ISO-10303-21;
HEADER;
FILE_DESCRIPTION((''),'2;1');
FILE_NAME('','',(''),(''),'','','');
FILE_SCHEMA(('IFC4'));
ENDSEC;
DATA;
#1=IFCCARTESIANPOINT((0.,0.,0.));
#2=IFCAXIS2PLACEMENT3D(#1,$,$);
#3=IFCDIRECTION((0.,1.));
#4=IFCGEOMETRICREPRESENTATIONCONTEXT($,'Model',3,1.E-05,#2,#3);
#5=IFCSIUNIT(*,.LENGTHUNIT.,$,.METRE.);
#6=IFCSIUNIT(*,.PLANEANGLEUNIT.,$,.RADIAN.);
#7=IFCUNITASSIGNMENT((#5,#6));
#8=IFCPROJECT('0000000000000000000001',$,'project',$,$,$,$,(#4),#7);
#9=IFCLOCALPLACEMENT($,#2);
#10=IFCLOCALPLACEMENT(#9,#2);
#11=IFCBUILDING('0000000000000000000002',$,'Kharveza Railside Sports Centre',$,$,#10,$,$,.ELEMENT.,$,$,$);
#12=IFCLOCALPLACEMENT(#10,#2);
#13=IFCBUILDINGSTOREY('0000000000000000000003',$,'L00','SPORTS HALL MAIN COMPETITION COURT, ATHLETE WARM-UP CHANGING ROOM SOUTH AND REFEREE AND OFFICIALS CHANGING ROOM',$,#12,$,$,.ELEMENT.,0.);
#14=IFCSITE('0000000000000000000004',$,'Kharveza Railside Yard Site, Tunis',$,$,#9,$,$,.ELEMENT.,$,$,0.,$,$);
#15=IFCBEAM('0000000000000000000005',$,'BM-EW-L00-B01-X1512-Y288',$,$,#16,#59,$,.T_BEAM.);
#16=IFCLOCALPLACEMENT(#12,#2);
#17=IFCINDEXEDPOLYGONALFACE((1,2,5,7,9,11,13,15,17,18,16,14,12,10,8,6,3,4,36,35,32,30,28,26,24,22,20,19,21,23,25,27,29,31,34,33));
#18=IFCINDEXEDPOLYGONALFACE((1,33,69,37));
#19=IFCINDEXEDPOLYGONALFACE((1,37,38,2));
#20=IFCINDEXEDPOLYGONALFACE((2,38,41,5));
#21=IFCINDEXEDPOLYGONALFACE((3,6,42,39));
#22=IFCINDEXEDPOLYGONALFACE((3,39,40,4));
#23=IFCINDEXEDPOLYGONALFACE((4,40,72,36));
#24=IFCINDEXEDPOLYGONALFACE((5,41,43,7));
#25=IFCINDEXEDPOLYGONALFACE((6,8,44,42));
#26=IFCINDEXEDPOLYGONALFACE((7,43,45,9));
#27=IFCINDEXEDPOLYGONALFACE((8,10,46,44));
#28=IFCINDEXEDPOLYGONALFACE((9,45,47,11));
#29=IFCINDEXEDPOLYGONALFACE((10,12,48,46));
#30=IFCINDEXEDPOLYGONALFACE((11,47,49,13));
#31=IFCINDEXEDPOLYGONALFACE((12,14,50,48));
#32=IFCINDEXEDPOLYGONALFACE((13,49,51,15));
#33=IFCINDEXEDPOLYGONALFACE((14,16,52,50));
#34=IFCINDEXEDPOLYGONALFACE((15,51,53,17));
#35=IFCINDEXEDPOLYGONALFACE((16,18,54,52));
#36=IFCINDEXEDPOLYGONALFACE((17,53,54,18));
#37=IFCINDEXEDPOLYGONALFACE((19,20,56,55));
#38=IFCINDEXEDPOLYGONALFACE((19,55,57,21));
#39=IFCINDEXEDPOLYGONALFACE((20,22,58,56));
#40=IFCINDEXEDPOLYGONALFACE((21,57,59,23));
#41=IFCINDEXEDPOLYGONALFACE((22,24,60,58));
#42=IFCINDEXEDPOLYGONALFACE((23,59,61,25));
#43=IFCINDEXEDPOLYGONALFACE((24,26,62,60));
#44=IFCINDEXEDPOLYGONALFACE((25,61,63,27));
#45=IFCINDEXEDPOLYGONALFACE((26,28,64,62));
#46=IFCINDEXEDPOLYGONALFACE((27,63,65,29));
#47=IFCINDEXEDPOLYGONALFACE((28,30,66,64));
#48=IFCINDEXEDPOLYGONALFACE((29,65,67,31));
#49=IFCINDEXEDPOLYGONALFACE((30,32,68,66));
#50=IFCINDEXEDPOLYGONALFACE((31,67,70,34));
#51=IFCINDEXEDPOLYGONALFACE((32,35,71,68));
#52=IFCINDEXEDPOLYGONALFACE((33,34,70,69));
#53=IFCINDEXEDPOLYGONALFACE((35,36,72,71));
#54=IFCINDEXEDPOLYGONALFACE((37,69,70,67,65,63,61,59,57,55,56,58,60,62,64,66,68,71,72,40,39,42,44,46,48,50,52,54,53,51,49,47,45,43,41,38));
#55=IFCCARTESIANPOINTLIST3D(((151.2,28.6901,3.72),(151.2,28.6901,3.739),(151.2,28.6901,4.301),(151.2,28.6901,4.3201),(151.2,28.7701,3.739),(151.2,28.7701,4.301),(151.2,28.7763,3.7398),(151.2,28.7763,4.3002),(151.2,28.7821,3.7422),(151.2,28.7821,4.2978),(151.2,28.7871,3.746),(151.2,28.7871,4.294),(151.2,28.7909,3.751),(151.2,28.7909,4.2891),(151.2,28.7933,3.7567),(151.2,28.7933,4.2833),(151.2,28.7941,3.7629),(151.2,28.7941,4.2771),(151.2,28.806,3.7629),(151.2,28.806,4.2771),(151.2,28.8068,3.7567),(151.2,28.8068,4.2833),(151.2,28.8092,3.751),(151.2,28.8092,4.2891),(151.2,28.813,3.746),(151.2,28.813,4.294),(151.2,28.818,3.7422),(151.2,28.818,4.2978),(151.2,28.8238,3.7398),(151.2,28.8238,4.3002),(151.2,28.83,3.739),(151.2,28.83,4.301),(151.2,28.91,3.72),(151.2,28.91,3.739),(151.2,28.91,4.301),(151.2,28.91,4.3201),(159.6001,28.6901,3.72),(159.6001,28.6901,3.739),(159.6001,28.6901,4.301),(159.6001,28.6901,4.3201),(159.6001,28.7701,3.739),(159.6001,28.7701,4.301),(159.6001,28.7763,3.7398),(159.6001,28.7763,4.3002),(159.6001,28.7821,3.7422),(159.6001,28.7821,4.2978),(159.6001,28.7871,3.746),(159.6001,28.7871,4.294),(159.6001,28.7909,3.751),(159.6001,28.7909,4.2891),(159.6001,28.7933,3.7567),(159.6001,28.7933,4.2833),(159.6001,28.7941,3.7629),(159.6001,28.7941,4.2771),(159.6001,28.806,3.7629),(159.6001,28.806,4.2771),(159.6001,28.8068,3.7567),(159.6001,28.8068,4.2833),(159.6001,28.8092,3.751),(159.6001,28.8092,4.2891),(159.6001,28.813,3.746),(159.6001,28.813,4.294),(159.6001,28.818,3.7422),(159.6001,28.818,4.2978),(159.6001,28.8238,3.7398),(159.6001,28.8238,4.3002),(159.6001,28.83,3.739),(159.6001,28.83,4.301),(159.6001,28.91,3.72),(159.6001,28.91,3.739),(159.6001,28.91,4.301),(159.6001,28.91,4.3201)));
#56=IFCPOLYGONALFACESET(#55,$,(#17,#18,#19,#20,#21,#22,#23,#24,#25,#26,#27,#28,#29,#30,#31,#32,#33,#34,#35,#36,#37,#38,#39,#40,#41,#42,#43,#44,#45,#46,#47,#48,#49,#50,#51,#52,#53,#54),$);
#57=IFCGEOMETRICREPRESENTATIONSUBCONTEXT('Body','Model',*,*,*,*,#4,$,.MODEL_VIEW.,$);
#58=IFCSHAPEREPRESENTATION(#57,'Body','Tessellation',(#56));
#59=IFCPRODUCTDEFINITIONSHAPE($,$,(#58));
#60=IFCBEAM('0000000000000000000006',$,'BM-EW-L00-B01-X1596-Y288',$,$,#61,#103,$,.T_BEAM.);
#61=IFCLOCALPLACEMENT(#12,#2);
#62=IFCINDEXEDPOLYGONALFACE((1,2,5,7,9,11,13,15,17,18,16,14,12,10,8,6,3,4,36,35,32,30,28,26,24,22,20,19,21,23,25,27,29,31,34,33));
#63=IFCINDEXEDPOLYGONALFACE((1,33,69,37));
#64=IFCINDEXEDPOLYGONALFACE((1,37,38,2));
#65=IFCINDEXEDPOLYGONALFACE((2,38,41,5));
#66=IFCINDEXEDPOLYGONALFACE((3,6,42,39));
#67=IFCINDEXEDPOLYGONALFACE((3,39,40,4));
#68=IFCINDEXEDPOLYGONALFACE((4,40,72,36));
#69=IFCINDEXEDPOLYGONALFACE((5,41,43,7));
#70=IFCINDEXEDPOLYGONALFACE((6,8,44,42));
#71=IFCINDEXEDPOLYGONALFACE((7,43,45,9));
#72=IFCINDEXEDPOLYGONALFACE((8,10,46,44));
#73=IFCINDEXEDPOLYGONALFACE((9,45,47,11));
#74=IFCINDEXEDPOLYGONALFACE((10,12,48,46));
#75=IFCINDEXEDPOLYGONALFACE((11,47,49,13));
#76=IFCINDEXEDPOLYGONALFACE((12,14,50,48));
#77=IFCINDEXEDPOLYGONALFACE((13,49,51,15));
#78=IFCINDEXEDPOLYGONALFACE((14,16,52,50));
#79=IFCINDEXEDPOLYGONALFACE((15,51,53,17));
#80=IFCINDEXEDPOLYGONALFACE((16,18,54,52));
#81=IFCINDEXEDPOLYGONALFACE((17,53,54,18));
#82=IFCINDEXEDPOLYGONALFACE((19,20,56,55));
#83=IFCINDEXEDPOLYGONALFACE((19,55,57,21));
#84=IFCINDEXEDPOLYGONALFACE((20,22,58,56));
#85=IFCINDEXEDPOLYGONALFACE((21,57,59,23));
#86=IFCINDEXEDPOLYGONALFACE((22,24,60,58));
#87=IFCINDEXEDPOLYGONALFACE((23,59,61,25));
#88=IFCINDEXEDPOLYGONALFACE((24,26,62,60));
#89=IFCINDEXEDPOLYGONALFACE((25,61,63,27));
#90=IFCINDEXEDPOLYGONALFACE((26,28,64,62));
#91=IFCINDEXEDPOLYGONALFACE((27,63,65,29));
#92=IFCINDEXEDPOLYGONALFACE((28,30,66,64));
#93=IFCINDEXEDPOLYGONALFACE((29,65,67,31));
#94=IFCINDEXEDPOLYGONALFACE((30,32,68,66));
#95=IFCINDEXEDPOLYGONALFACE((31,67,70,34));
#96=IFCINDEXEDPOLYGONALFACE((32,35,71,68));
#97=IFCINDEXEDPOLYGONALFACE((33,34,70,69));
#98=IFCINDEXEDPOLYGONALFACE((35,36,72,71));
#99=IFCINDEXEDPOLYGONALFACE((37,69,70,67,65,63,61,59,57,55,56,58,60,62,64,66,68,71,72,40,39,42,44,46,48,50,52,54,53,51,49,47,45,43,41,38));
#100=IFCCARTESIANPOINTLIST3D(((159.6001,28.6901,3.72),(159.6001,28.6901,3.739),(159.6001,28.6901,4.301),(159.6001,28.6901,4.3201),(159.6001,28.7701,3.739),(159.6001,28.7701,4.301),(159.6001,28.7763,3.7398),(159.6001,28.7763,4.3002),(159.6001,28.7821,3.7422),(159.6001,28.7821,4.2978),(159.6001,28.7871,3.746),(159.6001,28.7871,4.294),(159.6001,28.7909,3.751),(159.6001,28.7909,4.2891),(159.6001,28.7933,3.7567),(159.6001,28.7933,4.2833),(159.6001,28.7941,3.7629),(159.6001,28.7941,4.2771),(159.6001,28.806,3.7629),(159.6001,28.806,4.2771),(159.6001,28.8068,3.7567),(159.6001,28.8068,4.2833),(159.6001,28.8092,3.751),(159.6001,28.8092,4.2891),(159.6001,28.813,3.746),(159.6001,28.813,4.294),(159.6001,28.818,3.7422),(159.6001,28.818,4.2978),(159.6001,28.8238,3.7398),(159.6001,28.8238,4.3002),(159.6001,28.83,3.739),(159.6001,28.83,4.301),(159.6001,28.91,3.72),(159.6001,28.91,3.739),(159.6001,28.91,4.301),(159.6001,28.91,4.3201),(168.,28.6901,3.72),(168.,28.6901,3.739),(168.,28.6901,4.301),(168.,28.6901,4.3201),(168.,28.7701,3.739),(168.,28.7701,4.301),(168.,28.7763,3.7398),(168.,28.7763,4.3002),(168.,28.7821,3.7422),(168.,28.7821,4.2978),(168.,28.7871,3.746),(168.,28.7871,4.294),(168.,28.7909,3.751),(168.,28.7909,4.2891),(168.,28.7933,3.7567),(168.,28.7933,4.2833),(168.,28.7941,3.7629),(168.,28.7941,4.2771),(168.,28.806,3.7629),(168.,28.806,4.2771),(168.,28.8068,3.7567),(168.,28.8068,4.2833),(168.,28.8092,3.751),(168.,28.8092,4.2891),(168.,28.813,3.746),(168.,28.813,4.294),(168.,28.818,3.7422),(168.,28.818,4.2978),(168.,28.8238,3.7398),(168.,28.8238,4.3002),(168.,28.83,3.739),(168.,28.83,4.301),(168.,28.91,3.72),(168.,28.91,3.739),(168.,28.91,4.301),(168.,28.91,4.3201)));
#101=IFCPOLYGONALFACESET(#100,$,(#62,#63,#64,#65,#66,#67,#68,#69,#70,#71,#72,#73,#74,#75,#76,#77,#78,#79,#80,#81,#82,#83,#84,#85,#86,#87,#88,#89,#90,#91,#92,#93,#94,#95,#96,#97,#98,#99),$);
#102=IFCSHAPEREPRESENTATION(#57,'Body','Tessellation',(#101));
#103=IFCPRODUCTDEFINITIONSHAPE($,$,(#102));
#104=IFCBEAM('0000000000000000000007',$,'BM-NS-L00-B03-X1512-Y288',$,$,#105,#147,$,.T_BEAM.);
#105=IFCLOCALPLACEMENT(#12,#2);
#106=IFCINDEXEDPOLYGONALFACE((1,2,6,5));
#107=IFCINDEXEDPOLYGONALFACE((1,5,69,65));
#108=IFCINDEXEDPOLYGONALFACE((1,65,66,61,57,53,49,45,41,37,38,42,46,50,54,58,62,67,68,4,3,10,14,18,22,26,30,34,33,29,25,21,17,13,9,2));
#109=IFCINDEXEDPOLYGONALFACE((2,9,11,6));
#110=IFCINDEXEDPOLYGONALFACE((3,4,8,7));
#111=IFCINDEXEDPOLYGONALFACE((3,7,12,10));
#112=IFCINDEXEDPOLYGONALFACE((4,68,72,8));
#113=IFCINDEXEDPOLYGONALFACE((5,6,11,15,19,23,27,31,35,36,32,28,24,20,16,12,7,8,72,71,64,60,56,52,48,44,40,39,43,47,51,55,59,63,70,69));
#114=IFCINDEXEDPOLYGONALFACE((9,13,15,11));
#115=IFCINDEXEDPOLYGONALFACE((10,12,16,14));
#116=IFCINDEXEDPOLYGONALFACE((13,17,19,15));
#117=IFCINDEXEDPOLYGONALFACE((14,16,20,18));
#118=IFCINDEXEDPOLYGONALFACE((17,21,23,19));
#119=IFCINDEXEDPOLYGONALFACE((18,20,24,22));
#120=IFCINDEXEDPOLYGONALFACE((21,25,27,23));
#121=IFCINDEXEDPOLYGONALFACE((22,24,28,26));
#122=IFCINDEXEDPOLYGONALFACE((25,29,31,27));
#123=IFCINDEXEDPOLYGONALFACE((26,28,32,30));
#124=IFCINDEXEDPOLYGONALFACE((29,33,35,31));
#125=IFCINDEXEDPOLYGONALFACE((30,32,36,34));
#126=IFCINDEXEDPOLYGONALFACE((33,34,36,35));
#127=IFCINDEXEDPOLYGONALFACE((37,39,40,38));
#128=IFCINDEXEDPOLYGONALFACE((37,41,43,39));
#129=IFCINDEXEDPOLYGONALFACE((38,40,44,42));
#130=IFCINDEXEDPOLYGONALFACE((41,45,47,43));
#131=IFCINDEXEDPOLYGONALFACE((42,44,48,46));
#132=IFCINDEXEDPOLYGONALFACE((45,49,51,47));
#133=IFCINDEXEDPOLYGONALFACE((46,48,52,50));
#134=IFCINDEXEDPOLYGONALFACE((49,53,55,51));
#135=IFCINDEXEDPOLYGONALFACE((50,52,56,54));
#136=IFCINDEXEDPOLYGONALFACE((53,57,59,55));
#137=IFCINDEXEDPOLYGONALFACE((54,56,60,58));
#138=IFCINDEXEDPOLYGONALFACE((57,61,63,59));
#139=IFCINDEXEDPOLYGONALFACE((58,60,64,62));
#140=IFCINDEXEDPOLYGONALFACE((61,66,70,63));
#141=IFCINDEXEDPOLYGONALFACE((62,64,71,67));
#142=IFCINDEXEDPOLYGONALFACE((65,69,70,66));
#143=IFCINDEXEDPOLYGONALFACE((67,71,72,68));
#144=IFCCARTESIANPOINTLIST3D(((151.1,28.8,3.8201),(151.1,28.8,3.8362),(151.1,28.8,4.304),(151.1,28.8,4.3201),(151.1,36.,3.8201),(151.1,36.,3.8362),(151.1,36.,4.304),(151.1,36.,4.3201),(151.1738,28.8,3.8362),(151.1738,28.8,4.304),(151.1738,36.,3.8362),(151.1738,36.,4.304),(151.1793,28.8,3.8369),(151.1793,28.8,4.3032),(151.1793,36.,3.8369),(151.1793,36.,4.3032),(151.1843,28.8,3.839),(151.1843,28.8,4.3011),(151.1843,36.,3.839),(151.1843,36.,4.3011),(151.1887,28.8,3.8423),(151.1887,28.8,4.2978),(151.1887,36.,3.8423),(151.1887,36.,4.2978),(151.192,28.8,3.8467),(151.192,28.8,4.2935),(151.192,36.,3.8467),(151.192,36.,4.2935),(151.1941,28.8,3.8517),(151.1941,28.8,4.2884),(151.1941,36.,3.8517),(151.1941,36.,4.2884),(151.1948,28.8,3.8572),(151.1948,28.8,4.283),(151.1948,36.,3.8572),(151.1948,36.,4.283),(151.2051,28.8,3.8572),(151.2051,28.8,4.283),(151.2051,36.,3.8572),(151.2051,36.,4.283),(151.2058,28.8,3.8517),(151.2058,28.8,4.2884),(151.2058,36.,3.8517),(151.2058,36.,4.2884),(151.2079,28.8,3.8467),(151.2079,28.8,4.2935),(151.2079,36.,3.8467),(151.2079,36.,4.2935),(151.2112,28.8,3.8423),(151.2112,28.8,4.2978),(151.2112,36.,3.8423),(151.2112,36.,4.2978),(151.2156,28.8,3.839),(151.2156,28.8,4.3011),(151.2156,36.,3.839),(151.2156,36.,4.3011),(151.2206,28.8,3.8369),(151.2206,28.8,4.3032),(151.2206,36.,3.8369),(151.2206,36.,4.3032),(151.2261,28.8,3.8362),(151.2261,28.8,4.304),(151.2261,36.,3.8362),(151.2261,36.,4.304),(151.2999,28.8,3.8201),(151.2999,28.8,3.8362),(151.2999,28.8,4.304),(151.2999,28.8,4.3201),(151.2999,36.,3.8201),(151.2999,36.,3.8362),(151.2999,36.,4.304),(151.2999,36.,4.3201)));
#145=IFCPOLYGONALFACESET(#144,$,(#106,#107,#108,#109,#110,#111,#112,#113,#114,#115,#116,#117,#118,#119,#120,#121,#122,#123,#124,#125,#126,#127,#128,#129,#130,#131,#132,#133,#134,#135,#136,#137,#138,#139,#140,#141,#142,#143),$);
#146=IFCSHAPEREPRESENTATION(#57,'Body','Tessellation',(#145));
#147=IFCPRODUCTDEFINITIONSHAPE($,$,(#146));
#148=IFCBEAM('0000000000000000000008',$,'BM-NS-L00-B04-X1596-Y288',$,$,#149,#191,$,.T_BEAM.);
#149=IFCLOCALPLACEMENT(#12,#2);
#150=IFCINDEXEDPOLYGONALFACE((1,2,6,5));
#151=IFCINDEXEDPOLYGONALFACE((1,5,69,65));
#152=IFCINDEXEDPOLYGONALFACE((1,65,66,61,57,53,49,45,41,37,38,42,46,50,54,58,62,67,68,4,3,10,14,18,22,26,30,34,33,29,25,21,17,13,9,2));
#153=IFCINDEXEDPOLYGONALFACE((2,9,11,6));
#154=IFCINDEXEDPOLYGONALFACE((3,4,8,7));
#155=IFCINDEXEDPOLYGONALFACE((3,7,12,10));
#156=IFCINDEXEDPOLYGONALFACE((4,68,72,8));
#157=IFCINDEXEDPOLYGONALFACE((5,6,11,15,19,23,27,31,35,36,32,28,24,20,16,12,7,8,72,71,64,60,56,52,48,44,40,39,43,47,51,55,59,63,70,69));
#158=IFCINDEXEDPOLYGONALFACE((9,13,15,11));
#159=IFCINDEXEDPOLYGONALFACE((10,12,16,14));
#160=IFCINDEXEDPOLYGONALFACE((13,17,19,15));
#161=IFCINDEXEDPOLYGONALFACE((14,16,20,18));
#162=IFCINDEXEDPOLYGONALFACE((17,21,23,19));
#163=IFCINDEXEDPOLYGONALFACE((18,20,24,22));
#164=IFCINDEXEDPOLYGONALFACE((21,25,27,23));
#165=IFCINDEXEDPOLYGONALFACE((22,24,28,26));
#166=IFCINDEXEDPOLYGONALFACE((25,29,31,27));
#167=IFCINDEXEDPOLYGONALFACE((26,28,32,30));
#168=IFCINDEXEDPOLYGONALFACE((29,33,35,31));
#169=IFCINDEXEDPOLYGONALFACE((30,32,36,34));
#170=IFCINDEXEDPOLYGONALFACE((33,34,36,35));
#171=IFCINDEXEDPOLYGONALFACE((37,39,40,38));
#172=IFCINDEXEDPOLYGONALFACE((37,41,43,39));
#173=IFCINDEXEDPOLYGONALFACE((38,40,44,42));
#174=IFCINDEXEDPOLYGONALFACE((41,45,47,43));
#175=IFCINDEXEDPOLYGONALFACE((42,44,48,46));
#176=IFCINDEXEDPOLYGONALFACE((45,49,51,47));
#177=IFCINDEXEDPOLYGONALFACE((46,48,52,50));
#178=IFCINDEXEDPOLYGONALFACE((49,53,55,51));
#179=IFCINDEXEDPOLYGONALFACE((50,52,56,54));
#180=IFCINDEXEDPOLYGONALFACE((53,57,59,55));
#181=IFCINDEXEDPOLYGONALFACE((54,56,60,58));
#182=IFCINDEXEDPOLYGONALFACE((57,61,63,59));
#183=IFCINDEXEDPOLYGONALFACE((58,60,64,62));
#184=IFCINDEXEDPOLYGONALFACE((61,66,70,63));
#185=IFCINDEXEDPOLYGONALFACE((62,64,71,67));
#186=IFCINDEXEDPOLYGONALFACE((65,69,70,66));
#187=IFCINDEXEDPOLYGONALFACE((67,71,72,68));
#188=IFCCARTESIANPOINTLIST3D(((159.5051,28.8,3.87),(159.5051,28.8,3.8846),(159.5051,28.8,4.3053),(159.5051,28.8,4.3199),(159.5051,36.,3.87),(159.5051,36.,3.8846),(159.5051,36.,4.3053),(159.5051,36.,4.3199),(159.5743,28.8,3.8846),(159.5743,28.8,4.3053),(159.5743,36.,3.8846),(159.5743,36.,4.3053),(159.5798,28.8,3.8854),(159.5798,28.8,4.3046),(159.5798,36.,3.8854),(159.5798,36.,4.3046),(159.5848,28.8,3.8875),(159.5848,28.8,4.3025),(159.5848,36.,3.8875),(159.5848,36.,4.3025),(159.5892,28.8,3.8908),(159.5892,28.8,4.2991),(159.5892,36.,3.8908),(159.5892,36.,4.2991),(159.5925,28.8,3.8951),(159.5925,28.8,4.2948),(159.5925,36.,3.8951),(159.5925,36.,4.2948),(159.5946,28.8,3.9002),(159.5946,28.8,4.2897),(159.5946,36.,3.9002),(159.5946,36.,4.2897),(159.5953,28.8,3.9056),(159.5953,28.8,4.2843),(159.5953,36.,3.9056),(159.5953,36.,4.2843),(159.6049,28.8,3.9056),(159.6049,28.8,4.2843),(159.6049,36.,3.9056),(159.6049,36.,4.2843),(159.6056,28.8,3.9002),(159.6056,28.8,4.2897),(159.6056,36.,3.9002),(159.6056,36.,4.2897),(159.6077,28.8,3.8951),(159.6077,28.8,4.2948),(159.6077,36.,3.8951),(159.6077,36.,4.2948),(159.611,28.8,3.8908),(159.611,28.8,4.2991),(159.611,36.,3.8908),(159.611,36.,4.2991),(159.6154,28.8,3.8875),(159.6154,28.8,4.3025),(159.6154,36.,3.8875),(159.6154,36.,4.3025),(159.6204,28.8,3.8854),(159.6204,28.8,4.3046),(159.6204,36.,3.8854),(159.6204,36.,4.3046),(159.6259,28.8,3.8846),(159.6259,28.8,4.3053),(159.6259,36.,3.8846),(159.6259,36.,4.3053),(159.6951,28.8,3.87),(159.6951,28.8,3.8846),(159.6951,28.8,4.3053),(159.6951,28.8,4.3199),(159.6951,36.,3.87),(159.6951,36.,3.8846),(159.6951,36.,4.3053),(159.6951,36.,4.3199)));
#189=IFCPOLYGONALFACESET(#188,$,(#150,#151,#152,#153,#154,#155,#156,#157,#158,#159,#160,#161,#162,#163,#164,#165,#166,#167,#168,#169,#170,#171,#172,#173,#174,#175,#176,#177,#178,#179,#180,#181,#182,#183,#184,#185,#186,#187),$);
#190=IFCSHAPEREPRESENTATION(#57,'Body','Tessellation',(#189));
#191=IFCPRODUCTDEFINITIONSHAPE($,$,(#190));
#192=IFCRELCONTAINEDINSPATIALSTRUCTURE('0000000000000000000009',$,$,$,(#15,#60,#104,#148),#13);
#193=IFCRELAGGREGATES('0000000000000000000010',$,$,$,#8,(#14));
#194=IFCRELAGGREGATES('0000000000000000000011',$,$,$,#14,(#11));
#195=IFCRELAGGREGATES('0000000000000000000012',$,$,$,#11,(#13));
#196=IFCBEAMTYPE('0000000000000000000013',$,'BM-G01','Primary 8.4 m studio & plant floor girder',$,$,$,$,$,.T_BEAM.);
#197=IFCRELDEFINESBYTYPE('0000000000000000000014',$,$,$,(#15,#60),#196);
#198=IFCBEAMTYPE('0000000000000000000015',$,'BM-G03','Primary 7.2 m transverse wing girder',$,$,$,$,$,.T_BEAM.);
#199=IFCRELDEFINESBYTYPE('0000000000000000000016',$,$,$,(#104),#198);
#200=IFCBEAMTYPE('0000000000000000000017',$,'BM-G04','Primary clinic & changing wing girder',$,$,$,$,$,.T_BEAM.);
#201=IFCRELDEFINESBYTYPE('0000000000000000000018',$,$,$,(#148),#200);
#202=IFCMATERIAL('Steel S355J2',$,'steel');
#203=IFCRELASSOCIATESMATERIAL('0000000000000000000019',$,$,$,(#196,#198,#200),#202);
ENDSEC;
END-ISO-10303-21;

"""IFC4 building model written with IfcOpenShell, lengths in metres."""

from ifc_helpers import new_model, si_unit, direction, frame, origin, origin_2d, place, context, subcontext, project, spatial, i_section, extrude, material, material_profile, profile_set, type_object, element, save


model = new_model("IFC4")

# Units and contexts
model_context = context("Model", 3, precision=1e-05, world=origin(), true_north=direction((0.0, 1.0)))
body_context = subcontext(model_context, "Body", "Model", "MODEL_VIEW")
ifc_project = project(units=[si_unit("LENGTHUNIT", "METRE"), si_unit("PLANEANGLEUNIT", "RADIAN")], contexts=[model_context])

# Site, building, storey
site_placement = place(None, origin())
site = spatial("IfcSite", under=ifc_project, at=site_placement, Name="Kharveza Railside Yard Site, Tunis", CompositionType="ELEMENT", RefElevation=0.0)
building_placement = place(site_placement, origin())
building = spatial("IfcBuilding", under=site, at=building_placement, Name="Kharveza Railside Sports Centre", CompositionType="ELEMENT")
storey_placement = place(building_placement, origin())
storey = spatial("IfcBuildingStorey", under=building, at=storey_placement, Name="L00", Description="SPORTS HALL MAIN COMPETITION COURT, ATHLETE WARM-UP CHANGING ROOM SOUTH AND REFEREE AND OFFICIALS CHANGING ROOM", CompositionType="ELEMENT", Elevation=0.0)

# Shared definitions
ifc_material_1 = material(Name="Steel S355J2", Category="steel")

# Beams
ifc_material_profile_1 = material_profile(ifc_material_1, i_section(OverallWidth=0.22, OverallDepth=0.6001, WebThickness=0.012, FlangeThickness=0.019, FilletRadius=0.0239, at=origin_2d()), Name="IPE 600")
ifc_profile_set_1 = profile_set([ifc_material_profile_1], Name="Steel S355J2")
beam_type_1 = type_object("IfcBeamType", Name="BM-G01", Description="Primary 8.4 m studio & plant floor girder", PredefinedType="T_BEAM", material=ifc_profile_set_1)
beam_1_placement = place(storey_placement, frame((151.2, 28.8, 4.02), z_axis=(1.0, 0.0, 0.0), x_axis=(0.0, 1.0, 0.0)))
element("IfcBeam", 1, at=beam_1_placement, inside=storey, type_object=beam_type_1, Name="BM-EW-L00-B01-X1512-Y288", PredefinedType="T_BEAM", context=body_context, shape_type="SweptSolid", body=[
    extrude(i_section(OverallWidth=0.22, OverallDepth=0.6001, WebThickness=0.012, FlangeThickness=0.019, FilletRadius=0.0239, at=origin_2d()), origin(), (0.0, 0.0, 1.0), 8.4001),
])
beam_2_placement = place(storey_placement, frame((159.6001, 28.8, 4.02), z_axis=(1.0, 0.0, 0.0), x_axis=(0.0, 1.0, 0.0)))
element("IfcBeam", 2, at=beam_2_placement, inside=storey, type_object=beam_type_1, Name="BM-EW-L00-B01-X1596-Y288", PredefinedType="T_BEAM", context=body_context, shape_type="SweptSolid", body=[
    extrude(i_section(OverallWidth=0.22, OverallDepth=0.6001, WebThickness=0.012, FlangeThickness=0.019, FilletRadius=0.0239, at=origin_2d()), origin(), (0.0, 0.0, 1.0), 8.3999),
])
ifc_material_profile_2 = material_profile(ifc_material_1, i_section(OverallWidth=0.2, OverallDepth=0.5, WebThickness=0.0103, FlangeThickness=0.0161, FilletRadius=0.021, at=origin_2d()), Name="IPE 500")
ifc_profile_set_2 = profile_set([ifc_material_profile_2], Name="Steel S355J2")
beam_type_2 = type_object("IfcBeamType", Name="BM-G03", Description="Primary 7.2 m transverse wing girder", PredefinedType="T_BEAM", material=ifc_profile_set_2)
beam_3_placement = place(storey_placement, frame((151.2, 28.8, 4.0701), z_axis=(0.0, 1.0, 0.0), x_axis=(-1.0, 0.0, 0.0)))
element("IfcBeam", 3, at=beam_3_placement, inside=storey, type_object=beam_type_2, Name="BM-NS-L00-B03-X1512-Y288", PredefinedType="T_BEAM", context=body_context, shape_type="SweptSolid", body=[
    extrude(i_section(OverallWidth=0.2, OverallDepth=0.5, WebThickness=0.0103, FlangeThickness=0.0161, FilletRadius=0.021, at=origin_2d()), origin(), (0.0, 0.0, 1.0), 7.2),
])
ifc_material_profile_3 = material_profile(ifc_material_1, i_section(OverallWidth=0.1899, OverallDepth=0.45, WebThickness=0.0095, FlangeThickness=0.0146, FilletRadius=0.021, at=origin_2d()), Name="IPE 450")
ifc_profile_set_3 = profile_set([ifc_material_profile_3], Name="Steel S355J2")
beam_type_3 = type_object("IfcBeamType", Name="BM-G04", Description="Primary clinic & changing wing girder", PredefinedType="T_BEAM", material=ifc_profile_set_3)
beam_4_placement = place(storey_placement, frame((159.6001, 28.8, 4.095), z_axis=(0.0, 1.0, 0.0), x_axis=(-1.0, 0.0, 0.0)))
element("IfcBeam", 4, at=beam_4_placement, inside=storey, type_object=beam_type_3, Name="BM-NS-L00-B04-X1596-Y288", PredefinedType="T_BEAM", context=body_context, shape_type="SweptSolid", body=[
    extrude(i_section(OverallWidth=0.1899, OverallDepth=0.45, WebThickness=0.0095, FlangeThickness=0.0146, FilletRadius=0.021, at=origin_2d()), origin(), (0.0, 0.0, 1.0), 7.2),
])

save(model, "model.ifc")
